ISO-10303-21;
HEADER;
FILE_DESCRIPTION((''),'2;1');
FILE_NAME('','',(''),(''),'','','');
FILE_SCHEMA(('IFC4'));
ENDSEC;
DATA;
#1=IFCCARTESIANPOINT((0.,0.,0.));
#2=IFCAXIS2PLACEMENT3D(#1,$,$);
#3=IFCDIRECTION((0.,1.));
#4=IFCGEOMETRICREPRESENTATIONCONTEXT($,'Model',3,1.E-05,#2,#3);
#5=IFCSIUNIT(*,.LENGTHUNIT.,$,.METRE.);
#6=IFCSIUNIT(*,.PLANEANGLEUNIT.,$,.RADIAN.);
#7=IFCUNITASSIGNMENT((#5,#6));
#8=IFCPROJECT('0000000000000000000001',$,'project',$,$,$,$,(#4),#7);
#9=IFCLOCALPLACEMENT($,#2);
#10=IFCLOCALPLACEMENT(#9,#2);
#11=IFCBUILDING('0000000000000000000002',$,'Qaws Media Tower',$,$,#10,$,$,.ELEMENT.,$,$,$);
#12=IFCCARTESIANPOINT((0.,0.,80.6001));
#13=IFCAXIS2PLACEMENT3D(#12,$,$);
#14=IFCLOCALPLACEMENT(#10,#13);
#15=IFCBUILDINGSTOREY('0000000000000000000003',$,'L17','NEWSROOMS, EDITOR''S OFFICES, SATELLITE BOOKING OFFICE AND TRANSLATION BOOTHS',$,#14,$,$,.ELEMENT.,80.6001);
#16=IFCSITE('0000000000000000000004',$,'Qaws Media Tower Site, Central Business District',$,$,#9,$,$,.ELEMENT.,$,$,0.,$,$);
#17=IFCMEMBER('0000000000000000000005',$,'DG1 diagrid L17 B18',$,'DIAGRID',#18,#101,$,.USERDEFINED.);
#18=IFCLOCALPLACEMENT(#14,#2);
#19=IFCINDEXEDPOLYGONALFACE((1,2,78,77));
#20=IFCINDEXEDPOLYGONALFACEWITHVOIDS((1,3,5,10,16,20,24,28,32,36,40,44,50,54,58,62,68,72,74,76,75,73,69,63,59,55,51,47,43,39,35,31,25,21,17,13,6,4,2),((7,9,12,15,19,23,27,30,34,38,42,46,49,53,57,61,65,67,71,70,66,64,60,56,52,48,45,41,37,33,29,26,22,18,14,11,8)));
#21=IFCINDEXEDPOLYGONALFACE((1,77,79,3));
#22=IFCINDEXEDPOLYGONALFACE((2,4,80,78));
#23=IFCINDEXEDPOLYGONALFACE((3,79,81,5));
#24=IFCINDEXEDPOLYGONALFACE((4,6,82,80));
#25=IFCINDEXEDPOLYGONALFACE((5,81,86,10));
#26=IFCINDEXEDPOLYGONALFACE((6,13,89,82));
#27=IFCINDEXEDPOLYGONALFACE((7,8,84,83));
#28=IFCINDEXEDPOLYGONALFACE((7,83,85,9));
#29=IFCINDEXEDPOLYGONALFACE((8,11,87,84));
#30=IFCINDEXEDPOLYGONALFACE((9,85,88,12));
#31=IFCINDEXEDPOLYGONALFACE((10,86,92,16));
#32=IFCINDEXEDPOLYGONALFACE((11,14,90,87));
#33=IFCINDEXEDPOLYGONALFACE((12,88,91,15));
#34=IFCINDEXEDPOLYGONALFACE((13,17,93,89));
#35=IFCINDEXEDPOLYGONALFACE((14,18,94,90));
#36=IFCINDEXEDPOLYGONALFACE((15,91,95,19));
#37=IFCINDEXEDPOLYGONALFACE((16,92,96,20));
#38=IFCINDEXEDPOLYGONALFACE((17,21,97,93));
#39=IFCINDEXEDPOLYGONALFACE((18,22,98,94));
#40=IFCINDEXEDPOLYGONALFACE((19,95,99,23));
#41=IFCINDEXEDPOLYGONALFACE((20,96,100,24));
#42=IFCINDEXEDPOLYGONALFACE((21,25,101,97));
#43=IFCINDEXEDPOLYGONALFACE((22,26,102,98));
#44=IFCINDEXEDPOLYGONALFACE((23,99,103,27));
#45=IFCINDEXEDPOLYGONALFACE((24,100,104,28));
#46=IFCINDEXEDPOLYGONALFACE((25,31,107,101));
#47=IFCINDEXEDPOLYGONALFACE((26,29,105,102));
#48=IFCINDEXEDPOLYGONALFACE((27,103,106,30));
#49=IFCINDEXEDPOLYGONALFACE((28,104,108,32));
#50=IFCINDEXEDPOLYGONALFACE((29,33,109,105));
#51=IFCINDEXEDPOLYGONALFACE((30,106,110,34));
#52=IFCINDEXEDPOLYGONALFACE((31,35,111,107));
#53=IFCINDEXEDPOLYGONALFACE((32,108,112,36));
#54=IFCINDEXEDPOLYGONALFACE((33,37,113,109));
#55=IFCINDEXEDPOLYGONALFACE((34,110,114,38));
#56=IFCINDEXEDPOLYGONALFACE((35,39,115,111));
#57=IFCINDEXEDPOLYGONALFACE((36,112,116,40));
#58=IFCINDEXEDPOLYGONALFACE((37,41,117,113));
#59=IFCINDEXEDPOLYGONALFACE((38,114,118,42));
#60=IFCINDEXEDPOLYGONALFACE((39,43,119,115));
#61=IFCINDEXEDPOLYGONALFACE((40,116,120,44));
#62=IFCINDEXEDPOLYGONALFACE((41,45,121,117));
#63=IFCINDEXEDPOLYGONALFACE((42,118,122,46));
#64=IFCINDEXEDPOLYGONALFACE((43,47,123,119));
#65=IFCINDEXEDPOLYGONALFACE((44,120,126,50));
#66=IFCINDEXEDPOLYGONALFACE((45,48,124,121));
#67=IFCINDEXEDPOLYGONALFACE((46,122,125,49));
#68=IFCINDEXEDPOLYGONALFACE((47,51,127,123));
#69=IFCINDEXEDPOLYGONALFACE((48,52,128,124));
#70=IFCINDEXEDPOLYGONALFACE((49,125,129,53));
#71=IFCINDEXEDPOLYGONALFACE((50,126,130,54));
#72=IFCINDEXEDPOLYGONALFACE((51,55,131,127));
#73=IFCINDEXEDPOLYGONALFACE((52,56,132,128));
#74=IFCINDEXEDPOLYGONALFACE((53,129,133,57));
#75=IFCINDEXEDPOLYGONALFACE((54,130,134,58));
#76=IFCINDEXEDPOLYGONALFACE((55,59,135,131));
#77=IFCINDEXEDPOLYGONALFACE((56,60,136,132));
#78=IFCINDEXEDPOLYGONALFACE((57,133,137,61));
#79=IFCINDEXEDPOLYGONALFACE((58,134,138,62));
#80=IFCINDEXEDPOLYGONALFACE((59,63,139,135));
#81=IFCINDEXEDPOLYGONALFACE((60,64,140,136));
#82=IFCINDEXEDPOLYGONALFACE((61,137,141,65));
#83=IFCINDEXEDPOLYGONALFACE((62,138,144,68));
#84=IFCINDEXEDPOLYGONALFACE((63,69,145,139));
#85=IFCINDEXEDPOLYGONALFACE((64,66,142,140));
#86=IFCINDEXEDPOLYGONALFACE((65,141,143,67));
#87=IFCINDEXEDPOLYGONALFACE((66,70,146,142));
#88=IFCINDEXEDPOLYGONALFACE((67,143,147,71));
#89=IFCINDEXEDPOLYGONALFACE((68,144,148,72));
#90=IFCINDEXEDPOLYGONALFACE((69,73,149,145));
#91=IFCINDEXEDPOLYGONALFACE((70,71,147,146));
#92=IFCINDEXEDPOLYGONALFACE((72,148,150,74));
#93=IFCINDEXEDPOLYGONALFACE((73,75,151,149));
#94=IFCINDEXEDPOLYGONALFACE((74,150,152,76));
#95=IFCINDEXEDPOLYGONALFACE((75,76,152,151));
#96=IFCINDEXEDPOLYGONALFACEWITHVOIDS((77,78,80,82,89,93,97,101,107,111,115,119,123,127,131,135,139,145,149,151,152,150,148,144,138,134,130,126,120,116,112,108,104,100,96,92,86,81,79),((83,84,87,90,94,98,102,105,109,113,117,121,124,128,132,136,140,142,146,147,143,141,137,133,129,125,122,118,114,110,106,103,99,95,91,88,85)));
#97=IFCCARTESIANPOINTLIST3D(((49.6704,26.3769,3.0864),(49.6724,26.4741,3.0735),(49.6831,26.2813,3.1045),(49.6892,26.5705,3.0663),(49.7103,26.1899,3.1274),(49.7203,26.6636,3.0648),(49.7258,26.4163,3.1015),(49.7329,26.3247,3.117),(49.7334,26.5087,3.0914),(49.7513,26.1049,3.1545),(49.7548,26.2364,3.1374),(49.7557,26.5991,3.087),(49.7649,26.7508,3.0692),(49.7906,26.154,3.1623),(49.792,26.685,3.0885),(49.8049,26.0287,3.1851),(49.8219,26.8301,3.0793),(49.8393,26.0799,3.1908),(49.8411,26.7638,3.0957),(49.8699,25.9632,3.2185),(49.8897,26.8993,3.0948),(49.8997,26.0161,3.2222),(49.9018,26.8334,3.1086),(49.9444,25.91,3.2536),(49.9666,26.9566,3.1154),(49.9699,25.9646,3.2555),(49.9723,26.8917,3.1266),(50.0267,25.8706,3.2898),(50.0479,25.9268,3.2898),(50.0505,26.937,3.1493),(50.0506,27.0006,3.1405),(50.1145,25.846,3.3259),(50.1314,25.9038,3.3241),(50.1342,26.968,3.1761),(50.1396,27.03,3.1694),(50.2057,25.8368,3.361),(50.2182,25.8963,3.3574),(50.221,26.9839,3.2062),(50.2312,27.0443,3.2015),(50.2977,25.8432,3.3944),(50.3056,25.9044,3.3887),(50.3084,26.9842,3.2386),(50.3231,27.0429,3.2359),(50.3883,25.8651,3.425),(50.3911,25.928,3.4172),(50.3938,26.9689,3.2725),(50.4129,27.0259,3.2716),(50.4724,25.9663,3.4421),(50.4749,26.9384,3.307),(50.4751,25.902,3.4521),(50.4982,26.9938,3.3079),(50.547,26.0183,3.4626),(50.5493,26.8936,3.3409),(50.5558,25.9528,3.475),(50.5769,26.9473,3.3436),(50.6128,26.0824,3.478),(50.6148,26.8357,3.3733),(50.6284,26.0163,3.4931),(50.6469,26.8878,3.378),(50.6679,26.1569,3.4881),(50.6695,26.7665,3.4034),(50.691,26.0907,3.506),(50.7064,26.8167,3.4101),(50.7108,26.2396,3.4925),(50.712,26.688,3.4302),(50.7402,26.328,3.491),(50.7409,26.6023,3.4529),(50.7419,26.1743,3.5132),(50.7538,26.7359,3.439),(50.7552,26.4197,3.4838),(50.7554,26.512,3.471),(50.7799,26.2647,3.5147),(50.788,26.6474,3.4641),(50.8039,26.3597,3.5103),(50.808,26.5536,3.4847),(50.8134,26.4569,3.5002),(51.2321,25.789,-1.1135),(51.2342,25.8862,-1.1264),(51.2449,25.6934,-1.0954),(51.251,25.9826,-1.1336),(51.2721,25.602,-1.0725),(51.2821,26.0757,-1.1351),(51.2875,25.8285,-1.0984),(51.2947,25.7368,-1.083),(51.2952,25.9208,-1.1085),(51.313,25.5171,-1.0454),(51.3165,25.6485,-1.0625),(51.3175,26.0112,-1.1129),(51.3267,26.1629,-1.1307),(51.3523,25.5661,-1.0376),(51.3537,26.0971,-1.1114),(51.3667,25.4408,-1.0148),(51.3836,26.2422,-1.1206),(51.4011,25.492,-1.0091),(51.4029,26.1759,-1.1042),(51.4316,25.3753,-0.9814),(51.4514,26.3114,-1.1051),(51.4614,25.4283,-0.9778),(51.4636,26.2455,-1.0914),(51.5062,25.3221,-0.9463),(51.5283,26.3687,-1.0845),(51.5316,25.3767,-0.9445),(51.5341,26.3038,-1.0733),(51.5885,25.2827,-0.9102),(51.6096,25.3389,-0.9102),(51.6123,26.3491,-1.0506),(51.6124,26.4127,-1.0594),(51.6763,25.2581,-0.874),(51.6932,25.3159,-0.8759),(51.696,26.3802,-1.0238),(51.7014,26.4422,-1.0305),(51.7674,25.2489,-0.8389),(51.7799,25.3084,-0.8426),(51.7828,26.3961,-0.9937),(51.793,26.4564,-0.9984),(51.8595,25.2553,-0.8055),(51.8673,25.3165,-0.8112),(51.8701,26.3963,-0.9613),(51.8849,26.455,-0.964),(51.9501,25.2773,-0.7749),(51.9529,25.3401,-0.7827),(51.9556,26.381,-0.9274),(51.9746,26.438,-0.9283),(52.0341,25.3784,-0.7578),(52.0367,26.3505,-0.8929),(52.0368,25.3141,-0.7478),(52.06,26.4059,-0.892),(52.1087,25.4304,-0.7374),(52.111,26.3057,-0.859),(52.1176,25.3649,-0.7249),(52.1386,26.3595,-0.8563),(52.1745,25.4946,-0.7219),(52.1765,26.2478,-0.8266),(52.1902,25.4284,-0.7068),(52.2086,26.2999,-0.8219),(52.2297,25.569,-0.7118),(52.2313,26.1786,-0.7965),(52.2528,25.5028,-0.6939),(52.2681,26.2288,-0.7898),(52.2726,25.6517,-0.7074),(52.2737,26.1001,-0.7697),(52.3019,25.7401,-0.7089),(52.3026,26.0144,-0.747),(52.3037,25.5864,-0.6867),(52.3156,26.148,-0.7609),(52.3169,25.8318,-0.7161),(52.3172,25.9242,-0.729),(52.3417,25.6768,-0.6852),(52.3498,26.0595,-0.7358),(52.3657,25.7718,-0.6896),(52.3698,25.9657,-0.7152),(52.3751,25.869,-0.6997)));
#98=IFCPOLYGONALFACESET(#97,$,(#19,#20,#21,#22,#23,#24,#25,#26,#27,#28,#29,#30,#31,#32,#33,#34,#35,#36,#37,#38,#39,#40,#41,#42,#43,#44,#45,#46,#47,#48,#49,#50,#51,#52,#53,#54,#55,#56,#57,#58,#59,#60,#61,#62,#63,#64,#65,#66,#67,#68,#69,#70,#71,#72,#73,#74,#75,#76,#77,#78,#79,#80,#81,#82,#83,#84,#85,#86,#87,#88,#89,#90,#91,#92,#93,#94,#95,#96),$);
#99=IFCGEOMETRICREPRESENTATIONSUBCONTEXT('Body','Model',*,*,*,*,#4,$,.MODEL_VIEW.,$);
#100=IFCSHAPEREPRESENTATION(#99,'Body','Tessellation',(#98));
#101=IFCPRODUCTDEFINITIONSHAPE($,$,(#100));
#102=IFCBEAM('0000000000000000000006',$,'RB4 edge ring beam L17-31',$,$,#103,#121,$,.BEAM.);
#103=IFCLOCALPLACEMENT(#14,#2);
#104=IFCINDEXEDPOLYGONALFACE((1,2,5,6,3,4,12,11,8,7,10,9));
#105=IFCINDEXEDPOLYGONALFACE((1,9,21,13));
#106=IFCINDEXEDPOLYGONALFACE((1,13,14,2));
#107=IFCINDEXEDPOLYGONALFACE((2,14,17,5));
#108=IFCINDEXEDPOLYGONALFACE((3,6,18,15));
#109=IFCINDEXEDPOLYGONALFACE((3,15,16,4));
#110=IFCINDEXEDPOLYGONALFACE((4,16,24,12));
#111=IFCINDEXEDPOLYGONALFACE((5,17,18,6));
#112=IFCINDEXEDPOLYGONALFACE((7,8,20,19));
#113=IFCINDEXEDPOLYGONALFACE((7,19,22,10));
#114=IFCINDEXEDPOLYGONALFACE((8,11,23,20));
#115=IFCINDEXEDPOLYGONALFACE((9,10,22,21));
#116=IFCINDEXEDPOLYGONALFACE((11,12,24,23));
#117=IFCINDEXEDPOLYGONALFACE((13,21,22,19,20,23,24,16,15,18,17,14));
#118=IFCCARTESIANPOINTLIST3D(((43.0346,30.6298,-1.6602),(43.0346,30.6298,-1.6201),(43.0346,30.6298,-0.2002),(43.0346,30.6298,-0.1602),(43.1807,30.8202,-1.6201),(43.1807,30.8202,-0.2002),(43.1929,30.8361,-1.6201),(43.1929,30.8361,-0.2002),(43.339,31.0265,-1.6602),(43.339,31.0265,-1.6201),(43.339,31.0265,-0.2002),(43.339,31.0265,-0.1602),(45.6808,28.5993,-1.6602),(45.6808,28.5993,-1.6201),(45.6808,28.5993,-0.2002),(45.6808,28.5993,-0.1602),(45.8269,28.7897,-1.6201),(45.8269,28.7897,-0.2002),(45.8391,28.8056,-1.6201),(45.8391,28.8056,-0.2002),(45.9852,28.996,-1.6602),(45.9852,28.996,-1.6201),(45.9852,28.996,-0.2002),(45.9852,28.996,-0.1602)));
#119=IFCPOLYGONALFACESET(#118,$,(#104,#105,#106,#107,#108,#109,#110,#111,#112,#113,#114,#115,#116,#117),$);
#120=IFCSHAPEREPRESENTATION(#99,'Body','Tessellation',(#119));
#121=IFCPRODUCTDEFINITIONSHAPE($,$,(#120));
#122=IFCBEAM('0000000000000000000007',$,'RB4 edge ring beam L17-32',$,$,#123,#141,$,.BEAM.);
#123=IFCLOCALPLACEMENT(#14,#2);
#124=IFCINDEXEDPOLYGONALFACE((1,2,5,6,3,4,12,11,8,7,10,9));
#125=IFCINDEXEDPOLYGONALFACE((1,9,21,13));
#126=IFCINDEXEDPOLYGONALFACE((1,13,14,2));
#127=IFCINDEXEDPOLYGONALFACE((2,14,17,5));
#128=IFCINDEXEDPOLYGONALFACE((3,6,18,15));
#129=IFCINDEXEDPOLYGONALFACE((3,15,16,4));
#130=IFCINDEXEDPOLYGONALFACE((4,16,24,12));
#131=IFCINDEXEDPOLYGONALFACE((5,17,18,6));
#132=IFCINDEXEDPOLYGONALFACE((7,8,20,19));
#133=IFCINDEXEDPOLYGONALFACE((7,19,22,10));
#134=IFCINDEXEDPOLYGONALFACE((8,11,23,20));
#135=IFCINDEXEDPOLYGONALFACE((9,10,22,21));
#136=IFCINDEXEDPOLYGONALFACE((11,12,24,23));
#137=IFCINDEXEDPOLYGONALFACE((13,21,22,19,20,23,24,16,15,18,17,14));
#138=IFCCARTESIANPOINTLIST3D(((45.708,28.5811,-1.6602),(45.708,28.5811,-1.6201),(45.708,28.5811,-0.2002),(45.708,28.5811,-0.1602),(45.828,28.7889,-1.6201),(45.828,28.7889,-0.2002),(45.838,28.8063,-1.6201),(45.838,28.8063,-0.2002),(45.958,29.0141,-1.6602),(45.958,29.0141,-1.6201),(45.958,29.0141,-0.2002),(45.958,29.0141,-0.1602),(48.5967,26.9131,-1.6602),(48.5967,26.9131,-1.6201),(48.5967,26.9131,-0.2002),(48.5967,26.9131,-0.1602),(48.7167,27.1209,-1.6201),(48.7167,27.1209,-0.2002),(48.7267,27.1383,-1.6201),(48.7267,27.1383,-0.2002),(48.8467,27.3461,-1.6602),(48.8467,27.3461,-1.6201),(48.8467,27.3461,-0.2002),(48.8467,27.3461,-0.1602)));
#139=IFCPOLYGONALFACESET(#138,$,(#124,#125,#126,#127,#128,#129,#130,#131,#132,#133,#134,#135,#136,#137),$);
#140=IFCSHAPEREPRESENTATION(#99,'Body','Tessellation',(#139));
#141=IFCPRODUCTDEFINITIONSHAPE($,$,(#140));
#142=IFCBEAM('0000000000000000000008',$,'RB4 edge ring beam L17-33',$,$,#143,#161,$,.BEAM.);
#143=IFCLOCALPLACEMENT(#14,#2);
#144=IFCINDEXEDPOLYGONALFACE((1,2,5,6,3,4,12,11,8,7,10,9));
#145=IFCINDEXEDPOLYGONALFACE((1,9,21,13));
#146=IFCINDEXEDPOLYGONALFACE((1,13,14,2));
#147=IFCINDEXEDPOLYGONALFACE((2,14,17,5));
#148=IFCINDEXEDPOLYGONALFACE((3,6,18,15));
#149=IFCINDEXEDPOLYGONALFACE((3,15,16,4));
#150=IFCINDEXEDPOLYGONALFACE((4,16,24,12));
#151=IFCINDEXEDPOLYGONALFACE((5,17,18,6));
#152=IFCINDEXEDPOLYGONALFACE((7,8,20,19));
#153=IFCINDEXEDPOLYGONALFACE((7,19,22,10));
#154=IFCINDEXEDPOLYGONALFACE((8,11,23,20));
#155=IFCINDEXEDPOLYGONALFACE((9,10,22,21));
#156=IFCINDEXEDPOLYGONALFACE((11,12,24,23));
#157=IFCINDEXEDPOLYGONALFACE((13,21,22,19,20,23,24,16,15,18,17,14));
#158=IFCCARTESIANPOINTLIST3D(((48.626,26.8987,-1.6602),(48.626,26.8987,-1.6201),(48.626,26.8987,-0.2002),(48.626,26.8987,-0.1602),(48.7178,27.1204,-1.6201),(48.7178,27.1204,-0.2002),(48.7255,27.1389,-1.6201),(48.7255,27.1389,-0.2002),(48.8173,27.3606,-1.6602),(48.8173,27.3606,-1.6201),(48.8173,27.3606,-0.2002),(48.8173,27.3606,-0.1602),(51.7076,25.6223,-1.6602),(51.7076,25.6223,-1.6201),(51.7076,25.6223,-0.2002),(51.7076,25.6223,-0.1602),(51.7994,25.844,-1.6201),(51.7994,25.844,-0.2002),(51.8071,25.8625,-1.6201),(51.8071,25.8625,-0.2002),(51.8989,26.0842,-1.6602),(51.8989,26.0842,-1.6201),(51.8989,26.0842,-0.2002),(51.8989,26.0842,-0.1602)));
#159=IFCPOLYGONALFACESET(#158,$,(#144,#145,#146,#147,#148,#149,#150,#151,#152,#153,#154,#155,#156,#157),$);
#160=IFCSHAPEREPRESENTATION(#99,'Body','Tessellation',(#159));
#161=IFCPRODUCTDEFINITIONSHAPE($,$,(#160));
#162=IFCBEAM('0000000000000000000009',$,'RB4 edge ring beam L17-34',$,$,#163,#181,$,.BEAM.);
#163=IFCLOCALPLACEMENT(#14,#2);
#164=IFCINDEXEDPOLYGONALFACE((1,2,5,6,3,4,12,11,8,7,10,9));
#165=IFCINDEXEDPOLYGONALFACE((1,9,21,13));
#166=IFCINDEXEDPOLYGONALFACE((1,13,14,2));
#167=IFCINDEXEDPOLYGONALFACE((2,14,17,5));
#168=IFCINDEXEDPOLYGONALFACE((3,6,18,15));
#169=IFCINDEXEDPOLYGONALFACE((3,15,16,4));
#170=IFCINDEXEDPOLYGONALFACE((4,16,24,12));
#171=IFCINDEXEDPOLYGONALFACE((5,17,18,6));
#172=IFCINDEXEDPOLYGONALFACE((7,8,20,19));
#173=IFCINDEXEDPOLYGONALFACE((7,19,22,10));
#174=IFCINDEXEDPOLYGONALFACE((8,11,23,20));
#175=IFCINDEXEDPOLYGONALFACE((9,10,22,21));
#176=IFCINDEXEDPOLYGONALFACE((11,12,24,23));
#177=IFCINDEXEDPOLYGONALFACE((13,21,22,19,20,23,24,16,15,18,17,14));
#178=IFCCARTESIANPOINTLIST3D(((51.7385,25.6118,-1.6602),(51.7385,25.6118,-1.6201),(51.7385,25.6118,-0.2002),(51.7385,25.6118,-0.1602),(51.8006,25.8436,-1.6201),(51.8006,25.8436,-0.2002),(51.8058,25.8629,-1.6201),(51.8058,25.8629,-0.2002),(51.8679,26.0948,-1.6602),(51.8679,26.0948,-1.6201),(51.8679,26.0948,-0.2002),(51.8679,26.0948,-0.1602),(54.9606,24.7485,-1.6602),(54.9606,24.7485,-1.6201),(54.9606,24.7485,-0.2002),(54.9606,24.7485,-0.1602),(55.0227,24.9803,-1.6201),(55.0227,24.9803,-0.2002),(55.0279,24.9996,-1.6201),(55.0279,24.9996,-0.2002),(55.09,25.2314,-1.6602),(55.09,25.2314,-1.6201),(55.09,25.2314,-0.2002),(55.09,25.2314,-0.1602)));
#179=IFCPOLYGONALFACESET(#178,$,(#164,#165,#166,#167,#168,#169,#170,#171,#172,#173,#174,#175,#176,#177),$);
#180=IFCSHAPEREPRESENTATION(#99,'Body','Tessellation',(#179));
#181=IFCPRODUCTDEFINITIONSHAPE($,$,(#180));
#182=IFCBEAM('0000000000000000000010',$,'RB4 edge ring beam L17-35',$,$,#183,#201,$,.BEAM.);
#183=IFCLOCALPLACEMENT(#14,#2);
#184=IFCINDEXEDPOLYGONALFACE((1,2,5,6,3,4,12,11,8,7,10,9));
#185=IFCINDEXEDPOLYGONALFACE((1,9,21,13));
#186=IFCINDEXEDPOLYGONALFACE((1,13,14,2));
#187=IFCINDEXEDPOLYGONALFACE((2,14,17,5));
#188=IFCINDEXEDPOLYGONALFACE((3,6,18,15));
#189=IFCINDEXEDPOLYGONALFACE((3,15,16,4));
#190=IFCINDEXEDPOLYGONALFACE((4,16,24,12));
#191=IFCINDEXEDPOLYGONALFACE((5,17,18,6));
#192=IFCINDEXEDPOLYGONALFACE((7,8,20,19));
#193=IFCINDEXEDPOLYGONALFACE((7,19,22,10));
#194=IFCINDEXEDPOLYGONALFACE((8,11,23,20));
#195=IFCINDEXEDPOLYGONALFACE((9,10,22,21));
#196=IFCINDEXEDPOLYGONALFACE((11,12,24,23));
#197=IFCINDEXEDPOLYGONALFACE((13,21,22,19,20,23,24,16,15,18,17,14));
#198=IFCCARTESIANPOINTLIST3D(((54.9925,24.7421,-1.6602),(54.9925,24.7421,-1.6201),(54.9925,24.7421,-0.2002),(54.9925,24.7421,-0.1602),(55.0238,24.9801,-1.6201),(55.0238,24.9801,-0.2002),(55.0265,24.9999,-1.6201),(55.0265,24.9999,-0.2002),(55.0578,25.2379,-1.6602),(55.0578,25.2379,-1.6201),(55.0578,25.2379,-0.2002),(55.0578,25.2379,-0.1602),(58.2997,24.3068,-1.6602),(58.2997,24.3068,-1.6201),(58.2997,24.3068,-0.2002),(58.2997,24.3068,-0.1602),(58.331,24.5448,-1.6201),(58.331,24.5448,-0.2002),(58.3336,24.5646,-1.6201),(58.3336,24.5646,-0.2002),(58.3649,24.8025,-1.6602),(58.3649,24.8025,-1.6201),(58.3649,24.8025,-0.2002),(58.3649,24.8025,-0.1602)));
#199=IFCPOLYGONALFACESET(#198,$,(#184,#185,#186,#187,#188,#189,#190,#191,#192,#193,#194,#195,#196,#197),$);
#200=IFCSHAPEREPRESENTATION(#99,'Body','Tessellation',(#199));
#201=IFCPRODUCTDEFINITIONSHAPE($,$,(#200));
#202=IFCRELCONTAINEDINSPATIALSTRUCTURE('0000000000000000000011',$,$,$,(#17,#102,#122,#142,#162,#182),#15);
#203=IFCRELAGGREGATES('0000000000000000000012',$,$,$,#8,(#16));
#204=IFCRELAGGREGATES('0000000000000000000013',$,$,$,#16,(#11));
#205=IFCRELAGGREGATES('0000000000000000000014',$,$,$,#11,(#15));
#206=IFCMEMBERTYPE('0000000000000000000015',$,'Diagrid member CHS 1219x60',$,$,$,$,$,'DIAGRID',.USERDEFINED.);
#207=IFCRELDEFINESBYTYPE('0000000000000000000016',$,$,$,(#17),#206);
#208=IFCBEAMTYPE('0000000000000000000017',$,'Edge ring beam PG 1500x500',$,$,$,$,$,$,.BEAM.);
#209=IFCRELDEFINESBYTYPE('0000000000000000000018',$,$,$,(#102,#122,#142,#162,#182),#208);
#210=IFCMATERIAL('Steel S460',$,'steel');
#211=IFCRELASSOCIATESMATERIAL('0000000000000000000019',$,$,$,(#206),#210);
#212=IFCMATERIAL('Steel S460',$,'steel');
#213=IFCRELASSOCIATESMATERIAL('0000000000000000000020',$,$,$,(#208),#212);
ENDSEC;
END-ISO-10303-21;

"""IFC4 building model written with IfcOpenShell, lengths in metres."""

from ifc_helpers import new_model, si_unit, direction, frame, origin, origin_2d, place, context, subcontext, project, spatial, hollow_circle, i_section, extrude, material, material_profile, profile_set, type_object, element, save


model = new_model("IFC4")

# Units and contexts
model_context = context("Model", 3, precision=1e-05, world=origin(), true_north=direction((0.0, 1.0)))
body_context = subcontext(model_context, "Body", "Model", "MODEL_VIEW")
ifc_project = project(units=[si_unit("LENGTHUNIT", "METRE"), si_unit("PLANEANGLEUNIT", "RADIAN")], contexts=[model_context])

# Site, building, storey
site_placement = place(None, origin())
site = spatial("IfcSite", under=ifc_project, at=site_placement, Name="Qaws Media Tower Site, Central Business District", CompositionType="ELEMENT", RefElevation=0.0)
building_placement = place(site_placement, origin())
building = spatial("IfcBuilding", under=site, at=building_placement, Name="Qaws Media Tower", CompositionType="ELEMENT")
storey_placement = place(building_placement, frame((0.0, 0.0, 80.6001)))
storey = spatial("IfcBuildingStorey", under=building, at=storey_placement, Name="L17", Description="NEWSROOMS, EDITOR'S OFFICES, SATELLITE BOOKING OFFICE AND TRANSLATION BOOTHS", CompositionType="ELEMENT", Elevation=80.6001)

# Member
ifc_material_1 = material(Name="Steel S460", Category="steel")
ifc_material_profile_1 = material_profile(ifc_material_1, hollow_circle(Radius=0.6096, WallThickness=0.0601, at=origin_2d()), Name="CHS 1219x60")
ifc_profile_set_1 = profile_set([ifc_material_profile_1], Name="Steel S460")
member_type_1 = type_object("IfcMemberType", Name="Diagrid member CHS 1219x60", ElementType="DIAGRID", PredefinedType="USERDEFINED", material=ifc_profile_set_1)
for number, where, z_axis, x_axis, name in (
    (1, (51.8032, 25.8533, -0.9102), (-0.345575, 0.130084, 0.929331), (-0.352294, -0.93589, 0.0), "DG1 diagrid L17 B18"),
):
    element("IfcMember", number, at=place(storey_placement, frame(where, z_axis=z_axis, x_axis=x_axis)), inside=storey, type_object=member_type_1, Name=name, ObjectType="DIAGRID", PredefinedType="USERDEFINED", context=body_context, shape_type="SweptSolid", body=[
        extrude(hollow_circle(Radius=0.6096, WallThickness=0.0601, at=origin_2d()), origin(), (0.0, 0.0, 1.0), 4.5193),
    ])

# Beams
ifc_material_2 = material(Name="Steel S460", Category="steel")
ifc_material_profile_2 = material_profile(ifc_material_2, i_section(OverallWidth=0.5, OverallDepth=1.5, WebThickness=0.02, FlangeThickness=0.04, at=origin_2d()), Name="PG 1500x500")
ifc_profile_set_2 = profile_set([ifc_material_profile_2], Name="Steel S460")
beam_type = type_object("IfcBeamType", Name="Edge ring beam PG 1500x500", PredefinedType="BEAM", material=ifc_profile_set_2)
beam_1_placement = place(storey_placement, frame((43.1868, 30.8281, -0.9102), z_axis=(0.793355, -0.608759, 0.0), x_axis=(0.608759, 0.793355, 0.0)))
element("IfcBeam", 2, at=beam_1_placement, inside=storey, type_object=beam_type, Name="RB4 edge ring beam L17-31", PredefinedType="BEAM", context=body_context, shape_type="SweptSolid", body=[
    extrude(i_section(OverallWidth=0.5, OverallDepth=1.5, WebThickness=0.02, FlangeThickness=0.04, at=origin_2d()), origin(), (0.0, 0.0, 1.0), 3.3354),
])
beam_2_placement = place(storey_placement, frame((45.833, 28.7976, -0.9102), z_axis=(0.866, -0.500043, 0.0), x_axis=(0.500043, 0.866, 0.0)))
element("IfcBeam", 3, at=beam_2_placement, inside=storey, type_object=beam_type, Name="RB4 edge ring beam L17-32", PredefinedType="BEAM", context=body_context, shape_type="SweptSolid", body=[
    extrude(i_section(OverallWidth=0.5, OverallDepth=1.5, WebThickness=0.02, FlangeThickness=0.04, at=origin_2d()), origin(), (0.0, 0.0, 1.0), 3.3357),
])
beam_3_placement = place(storey_placement, frame((48.7217, 27.1296, -0.9102), z_axis=(0.923885, -0.382671, 0.0), x_axis=(0.382671, 0.923885, 0.0)))
element("IfcBeam", 4, at=beam_3_placement, inside=storey, type_object=beam_type, Name="RB4 edge ring beam L17-33", PredefinedType="BEAM", context=body_context, shape_type="SweptSolid", body=[
    extrude(i_section(OverallWidth=0.5, OverallDepth=1.5, WebThickness=0.02, FlangeThickness=0.04, at=origin_2d()), origin(), (0.0, 0.0, 1.0), 3.3354),
])
for number, where, z_axis, x_axis, name in (
    (5, (51.8032, 25.8533, -0.9102), (0.965928, -0.25881, 0.0), (0.25881, 0.965928, 0.0), "RB4 edge ring beam L17-34"),
    (6, (55.0251, 24.99, -0.9102), (0.991448, -0.1305, 0.0), (0.1305, 0.991448, 0.0), "RB4 edge ring beam L17-35"),
):
    element("IfcBeam", number, at=place(storey_placement, frame(where, z_axis=z_axis, x_axis=x_axis)), inside=storey, type_object=beam_type, Name=name, PredefinedType="BEAM", context=body_context, shape_type="SweptSolid", body=[
        extrude(i_section(OverallWidth=0.5, OverallDepth=1.5, WebThickness=0.02, FlangeThickness=0.04, at=origin_2d()), origin(), (0.0, 0.0, 1.0), 3.3357),
    ])

save(model, "model.ifc")
